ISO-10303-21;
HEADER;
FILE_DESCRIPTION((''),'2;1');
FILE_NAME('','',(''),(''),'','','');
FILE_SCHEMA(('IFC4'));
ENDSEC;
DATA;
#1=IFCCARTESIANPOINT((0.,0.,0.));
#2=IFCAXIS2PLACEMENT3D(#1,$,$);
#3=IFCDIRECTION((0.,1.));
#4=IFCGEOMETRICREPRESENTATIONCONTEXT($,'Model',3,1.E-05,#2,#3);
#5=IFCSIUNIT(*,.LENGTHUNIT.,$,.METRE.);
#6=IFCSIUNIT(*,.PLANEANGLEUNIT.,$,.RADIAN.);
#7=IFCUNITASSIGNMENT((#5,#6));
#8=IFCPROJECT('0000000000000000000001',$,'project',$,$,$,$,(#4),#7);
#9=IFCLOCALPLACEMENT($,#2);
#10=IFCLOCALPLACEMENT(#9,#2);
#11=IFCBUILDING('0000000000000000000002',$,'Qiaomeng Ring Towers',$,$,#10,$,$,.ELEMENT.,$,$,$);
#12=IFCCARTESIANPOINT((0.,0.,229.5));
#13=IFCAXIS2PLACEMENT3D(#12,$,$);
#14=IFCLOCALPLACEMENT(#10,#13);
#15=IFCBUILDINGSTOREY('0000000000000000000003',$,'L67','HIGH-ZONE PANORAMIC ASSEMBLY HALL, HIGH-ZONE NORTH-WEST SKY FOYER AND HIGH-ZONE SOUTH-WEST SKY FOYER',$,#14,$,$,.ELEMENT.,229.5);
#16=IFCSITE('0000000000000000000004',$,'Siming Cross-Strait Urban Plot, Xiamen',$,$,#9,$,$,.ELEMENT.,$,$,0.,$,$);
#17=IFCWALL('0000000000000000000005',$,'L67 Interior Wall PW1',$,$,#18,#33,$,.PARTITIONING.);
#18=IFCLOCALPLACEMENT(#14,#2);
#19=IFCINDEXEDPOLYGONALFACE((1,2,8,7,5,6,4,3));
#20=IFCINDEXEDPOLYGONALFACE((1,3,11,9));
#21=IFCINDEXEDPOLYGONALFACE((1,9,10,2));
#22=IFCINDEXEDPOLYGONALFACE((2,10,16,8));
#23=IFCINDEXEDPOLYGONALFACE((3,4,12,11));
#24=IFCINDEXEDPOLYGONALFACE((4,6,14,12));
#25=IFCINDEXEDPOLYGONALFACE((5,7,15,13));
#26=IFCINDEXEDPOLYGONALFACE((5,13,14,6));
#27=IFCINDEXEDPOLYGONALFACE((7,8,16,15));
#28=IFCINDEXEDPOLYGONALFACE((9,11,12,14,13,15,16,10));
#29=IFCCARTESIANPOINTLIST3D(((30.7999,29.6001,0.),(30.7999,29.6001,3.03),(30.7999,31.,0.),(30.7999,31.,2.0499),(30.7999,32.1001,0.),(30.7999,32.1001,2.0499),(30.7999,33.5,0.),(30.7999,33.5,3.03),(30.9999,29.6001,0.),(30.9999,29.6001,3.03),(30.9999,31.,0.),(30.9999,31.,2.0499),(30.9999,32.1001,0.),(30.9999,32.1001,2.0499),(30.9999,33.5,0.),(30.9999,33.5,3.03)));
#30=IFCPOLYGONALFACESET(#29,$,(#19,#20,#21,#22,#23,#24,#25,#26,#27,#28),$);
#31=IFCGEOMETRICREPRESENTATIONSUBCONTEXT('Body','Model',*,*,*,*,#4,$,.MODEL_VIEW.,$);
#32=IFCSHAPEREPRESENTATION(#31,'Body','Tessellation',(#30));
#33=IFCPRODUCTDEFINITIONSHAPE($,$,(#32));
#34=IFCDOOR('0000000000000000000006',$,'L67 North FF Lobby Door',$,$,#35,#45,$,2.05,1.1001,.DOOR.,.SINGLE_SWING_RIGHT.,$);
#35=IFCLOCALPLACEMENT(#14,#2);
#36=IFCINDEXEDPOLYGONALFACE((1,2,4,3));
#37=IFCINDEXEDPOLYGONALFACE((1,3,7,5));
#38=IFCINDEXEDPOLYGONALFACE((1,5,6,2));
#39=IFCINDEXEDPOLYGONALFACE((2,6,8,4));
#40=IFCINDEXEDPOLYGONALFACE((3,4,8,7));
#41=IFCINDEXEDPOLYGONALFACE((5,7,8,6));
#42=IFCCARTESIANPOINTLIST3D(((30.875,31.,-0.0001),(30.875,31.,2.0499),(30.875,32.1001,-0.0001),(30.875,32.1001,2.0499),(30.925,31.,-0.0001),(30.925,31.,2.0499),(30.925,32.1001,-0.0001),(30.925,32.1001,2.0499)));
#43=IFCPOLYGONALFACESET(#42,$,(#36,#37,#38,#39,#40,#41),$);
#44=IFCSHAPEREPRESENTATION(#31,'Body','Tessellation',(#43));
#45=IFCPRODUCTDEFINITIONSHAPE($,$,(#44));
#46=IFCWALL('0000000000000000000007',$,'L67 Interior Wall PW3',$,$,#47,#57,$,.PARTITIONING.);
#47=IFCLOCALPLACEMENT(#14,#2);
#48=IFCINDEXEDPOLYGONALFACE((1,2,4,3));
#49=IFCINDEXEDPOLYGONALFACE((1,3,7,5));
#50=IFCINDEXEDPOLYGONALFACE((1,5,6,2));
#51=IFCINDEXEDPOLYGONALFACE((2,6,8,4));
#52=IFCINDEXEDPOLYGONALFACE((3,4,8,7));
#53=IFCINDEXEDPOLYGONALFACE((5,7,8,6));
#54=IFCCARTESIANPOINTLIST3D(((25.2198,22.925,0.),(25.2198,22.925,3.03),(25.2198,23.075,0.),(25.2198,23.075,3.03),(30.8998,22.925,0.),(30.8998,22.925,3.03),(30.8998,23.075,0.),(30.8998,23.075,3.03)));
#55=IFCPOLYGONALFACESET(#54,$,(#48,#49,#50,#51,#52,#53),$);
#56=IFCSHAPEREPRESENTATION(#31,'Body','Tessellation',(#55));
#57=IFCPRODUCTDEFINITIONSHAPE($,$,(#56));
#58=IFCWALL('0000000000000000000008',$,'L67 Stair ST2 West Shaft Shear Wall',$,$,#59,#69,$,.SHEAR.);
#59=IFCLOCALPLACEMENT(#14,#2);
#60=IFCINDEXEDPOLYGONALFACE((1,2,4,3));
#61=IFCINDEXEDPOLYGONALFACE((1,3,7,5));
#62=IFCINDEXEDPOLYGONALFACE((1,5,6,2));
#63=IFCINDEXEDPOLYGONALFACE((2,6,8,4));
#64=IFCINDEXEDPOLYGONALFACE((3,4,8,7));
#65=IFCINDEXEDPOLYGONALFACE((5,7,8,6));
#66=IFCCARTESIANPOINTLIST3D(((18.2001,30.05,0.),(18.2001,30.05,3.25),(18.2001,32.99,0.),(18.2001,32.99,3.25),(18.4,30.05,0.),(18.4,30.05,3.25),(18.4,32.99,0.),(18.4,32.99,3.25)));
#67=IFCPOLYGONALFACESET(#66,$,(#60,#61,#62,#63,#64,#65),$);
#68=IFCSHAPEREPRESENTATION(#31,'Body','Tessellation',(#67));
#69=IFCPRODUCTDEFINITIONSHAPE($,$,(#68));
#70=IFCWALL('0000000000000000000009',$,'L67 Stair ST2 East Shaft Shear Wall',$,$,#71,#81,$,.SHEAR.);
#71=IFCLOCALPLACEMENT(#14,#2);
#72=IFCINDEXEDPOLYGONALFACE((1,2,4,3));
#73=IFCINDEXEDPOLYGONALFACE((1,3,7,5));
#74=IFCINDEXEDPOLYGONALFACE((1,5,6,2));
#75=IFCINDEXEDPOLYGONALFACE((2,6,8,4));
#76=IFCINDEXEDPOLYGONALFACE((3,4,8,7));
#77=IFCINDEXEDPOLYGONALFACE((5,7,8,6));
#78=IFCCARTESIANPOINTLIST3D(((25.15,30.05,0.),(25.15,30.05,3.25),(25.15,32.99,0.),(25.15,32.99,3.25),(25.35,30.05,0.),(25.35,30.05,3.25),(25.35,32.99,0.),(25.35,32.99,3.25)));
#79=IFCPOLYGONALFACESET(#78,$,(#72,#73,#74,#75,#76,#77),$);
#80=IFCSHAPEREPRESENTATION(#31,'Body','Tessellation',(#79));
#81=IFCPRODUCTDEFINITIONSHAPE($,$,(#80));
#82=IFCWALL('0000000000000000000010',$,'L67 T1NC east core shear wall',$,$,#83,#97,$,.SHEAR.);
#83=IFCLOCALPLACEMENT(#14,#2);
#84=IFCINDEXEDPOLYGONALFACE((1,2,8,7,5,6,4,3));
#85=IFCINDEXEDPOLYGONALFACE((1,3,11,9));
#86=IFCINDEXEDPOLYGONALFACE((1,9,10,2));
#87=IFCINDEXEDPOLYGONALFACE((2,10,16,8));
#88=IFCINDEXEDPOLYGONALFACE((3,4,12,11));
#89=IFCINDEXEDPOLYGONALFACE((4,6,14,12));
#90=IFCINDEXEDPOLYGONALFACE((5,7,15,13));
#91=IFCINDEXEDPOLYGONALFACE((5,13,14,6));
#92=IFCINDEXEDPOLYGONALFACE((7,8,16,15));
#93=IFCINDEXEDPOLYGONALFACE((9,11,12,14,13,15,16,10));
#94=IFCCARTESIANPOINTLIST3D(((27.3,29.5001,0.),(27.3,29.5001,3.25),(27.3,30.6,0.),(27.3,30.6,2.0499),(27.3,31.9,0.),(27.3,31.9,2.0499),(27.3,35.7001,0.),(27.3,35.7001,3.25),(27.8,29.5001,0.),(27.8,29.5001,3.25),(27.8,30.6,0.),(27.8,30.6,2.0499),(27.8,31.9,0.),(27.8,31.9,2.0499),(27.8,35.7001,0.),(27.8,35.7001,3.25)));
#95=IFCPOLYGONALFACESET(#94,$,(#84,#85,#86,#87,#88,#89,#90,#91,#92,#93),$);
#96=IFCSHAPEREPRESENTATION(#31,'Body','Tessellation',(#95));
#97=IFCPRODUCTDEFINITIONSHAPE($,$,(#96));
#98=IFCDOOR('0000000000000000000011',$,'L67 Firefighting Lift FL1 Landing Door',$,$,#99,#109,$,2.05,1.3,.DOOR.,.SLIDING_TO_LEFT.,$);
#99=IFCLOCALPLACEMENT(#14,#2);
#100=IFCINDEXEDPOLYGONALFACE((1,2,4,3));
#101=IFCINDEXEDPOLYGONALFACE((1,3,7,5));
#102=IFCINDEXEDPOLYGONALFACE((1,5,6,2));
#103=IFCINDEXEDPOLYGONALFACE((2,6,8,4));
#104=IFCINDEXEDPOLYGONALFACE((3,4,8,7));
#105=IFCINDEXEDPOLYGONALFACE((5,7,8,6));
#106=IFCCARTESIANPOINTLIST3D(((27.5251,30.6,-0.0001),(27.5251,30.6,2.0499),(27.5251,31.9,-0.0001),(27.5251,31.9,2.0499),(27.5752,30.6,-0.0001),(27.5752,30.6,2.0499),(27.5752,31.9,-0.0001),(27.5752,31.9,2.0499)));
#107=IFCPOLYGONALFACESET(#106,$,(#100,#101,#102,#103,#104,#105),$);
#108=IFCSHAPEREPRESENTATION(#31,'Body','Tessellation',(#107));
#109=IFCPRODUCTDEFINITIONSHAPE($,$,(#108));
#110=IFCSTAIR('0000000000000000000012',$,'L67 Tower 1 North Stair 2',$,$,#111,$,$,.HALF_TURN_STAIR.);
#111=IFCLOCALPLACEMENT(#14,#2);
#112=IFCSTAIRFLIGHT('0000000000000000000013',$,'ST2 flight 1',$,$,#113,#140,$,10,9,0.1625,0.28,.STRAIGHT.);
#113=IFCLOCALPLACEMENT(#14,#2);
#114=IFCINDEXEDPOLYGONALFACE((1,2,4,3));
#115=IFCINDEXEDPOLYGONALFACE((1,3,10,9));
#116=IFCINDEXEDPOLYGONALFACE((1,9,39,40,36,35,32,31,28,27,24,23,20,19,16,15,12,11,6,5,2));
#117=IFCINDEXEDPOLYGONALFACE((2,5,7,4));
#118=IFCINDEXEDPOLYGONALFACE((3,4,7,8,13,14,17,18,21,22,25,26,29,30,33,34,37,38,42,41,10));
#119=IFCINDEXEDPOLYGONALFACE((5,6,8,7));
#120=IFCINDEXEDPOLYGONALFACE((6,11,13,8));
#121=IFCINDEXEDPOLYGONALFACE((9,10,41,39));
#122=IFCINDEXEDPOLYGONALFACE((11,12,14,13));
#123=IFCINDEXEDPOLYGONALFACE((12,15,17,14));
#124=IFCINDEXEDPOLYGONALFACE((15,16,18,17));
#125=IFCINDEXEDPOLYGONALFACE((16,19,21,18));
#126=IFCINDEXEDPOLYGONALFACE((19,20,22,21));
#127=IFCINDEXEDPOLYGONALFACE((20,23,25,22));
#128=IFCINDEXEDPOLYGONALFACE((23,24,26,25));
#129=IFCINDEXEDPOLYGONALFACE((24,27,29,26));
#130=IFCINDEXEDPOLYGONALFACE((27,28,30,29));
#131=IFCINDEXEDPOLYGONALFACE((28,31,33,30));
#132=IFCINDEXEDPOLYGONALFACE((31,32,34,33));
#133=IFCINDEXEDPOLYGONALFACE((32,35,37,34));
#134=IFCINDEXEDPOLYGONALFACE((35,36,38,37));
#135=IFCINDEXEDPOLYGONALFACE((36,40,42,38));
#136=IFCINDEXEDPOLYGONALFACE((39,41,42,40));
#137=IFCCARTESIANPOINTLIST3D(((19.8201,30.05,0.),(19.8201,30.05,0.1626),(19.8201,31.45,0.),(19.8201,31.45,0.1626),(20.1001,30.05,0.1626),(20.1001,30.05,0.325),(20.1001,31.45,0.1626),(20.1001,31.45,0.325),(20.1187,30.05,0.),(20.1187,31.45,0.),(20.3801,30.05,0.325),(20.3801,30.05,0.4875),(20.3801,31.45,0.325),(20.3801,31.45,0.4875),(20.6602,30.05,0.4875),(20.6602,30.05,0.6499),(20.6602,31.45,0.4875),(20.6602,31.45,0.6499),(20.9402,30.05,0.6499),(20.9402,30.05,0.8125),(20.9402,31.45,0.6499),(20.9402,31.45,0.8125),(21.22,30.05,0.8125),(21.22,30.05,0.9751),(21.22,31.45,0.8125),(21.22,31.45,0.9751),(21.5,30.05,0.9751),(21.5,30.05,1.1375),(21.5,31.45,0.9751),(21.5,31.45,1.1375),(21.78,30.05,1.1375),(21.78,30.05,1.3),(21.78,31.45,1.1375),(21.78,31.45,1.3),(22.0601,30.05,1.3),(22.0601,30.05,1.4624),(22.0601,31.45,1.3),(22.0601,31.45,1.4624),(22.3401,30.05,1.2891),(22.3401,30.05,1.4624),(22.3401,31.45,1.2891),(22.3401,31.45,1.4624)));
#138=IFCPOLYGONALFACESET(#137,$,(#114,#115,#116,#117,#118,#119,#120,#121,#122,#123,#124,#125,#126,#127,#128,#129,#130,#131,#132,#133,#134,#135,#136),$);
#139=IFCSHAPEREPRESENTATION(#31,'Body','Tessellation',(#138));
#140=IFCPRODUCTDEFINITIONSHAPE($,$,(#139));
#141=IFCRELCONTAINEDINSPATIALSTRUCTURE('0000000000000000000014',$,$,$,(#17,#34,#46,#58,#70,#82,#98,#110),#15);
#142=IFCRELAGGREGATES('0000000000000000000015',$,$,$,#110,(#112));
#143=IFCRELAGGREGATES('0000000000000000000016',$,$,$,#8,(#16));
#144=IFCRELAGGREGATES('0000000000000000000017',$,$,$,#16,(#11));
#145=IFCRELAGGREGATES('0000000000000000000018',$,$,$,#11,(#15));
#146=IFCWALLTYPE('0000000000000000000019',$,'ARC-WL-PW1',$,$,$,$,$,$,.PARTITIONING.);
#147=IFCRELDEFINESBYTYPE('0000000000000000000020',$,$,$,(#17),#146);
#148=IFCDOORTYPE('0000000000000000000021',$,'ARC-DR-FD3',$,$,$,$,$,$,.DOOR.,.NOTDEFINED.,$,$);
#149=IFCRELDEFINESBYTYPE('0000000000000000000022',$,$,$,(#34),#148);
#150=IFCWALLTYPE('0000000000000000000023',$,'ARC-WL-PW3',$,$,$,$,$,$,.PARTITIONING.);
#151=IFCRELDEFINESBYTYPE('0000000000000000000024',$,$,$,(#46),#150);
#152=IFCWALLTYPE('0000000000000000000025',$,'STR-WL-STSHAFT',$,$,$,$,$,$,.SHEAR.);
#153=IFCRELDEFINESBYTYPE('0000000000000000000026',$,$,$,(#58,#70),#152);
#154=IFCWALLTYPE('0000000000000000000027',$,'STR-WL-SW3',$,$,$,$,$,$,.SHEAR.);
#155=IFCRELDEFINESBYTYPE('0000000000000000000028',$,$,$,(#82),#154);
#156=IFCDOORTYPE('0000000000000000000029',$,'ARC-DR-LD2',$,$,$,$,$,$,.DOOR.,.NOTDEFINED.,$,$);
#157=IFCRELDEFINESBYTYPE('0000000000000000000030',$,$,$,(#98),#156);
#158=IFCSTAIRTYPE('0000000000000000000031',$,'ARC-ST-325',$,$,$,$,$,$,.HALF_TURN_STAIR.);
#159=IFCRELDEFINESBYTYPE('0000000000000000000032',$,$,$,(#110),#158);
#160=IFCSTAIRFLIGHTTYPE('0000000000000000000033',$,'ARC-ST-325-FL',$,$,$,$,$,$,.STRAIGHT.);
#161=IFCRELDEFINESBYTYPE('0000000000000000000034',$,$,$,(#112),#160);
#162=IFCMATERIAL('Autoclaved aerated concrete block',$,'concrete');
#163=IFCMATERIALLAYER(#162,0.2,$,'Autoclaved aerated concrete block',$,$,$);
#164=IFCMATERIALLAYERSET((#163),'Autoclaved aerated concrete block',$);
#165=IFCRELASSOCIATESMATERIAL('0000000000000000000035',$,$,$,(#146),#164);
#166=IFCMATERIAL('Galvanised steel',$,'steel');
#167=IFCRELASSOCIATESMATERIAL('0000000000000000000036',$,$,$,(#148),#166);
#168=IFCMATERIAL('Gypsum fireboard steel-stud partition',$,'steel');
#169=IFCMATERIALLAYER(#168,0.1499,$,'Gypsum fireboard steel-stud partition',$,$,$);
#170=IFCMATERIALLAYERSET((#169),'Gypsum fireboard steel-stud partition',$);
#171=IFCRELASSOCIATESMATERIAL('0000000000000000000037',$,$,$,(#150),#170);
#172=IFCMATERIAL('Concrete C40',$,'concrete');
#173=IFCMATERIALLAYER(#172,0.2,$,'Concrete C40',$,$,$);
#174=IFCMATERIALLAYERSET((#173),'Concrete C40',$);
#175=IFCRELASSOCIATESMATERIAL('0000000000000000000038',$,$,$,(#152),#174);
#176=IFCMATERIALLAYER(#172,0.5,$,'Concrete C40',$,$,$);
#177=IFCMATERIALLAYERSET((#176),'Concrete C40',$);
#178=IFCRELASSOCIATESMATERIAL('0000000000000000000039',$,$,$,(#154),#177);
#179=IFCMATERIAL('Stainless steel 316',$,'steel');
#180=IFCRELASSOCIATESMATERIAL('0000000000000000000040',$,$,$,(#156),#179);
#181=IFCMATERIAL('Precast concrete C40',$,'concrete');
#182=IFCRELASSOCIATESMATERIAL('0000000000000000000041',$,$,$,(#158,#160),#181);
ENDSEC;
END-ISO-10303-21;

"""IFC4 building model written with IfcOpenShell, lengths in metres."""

from ifc_helpers import new_model, si_unit, direction, frame, frame_2d, origin, place, context, subcontext, project, spatial, polyline, rectangle, outline, extrude, source, transform, mapped, material, layer, layer_set, type_object, element, fill, aggregate, save


model = new_model("IFC4")

# Units and contexts
model_context = context("Model", 3, precision=1e-05, world=origin(), true_north=direction((0.0, 1.0)))
body_context = subcontext(model_context, "Body", "Model", "MODEL_VIEW")
ifc_project = project(units=[si_unit("LENGTHUNIT", "METRE"), si_unit("PLANEANGLEUNIT", "RADIAN")], contexts=[model_context])

# Site, building, storey
site_placement = place(None, origin())
site = spatial("IfcSite", under=ifc_project, at=site_placement, Name="Siming Cross-Strait Urban Plot, Xiamen", CompositionType="ELEMENT", RefElevation=0.0)
building_placement = place(site_placement, origin())
building = spatial("IfcBuilding", under=site, at=building_placement, Name="Qiaomeng Ring Towers", CompositionType="ELEMENT")
storey_placement = place(building_placement, frame((0.0, 0.0, 229.5)))
storey = spatial("IfcBuildingStorey", under=building, at=storey_placement, Name="L67", Description="HIGH-ZONE PANORAMIC ASSEMBLY HALL, HIGH-ZONE NORTH-WEST SKY FOYER AND HIGH-ZONE SOUTH-WEST SKY FOYER", CompositionType="ELEMENT", Elevation=229.5)

# Shared definitions
ifc_material_1 = material(Name="Concrete C40", Category="concrete")

# Shared definitions
ifc_material_2 = material(Name="Stainless steel 316", Category="steel")

# Shared definitions
ifc_material_3 = material(Name="Autoclaved aerated concrete block", Category="concrete")
ifc_layer_1 = layer(ifc_material_3, 0.2, Name="Autoclaved aerated concrete block")
ifc_layer_set_1 = layer_set([ifc_layer_1], Name="Autoclaved aerated concrete block")
wall_type_1 = type_object("IfcWallType", Name="ARC-WL-PW1", PredefinedType="PARTITIONING", material=ifc_layer_set_1)

# Wall, opening, door
wall_1_placement = place(storey_placement, frame((30.8999, 29.6001, 0.0), z_axis=(0.0, 0.0, 1.0), x_axis=(0.0, 1.0, 0.0)))
wall_1 = element("IfcWall", 1, at=wall_1_placement, inside=storey, type_object=wall_type_1, Name="L67 Interior Wall PW1", PredefinedType="PARTITIONING", context=body_context, shape_type="SweptSolid", body=[
    extrude(rectangle(XDim=3.8999, YDim=0.2, at=frame_2d((1.95, 0.0))), origin(), (0.0, 0.0, 1.0), 3.03),
])
opening_1_placement = place(wall_1_placement, frame((1.3999, 0.0, 0.0)))
opening_1 = element("IfcOpeningElement", 2, at=opening_1_placement, cuts=wall_1, PredefinedType="OPENING", context=body_context, shape_type="SweptSolid", body=[
    extrude(rectangle(XDim=1.1001, YDim=2.05, at=frame_2d((0.55, 1.0249))), frame((0.0, 0.1099, 0.0), z_axis=(0.0, -1.0, 0.0), x_axis=(1.0, 0.0, 0.0)), (0.0, 0.0, 1.0), 0.22),
])
ifc_material_4 = material(Name="Galvanised steel", Category="steel")
door_type_1 = type_object("IfcDoorType", Name="ARC-DR-FD3", OperationType="NOTDEFINED", PredefinedType="DOOR", material=ifc_material_4)
shared_shape_1 = source(origin(), body_context, "Body", "SweptSolid", [
    extrude(rectangle(XDim=1.1001, YDim=2.05, at=frame_2d((0.55, 1.0249))), frame((0.0, 0.0249, 0.0), z_axis=(0.0, -1.0, 0.0), x_axis=(1.0, 0.0, 0.0)), (0.0, 0.0, 1.0), 0.05),
])
door_1_placement = place(opening_1_placement, origin())
door_1 = element("IfcDoor", 3, at=door_1_placement, inside=storey, type_object=door_type_1, Name="L67 North FF Lobby Door", OperationType="SINGLE_SWING_RIGHT", OverallHeight=2.05, OverallWidth=1.1001, PredefinedType="DOOR", context=body_context, shape_type="MappedRepresentation", body=[
    mapped(shared_shape_1, transform((0.0, 0.0, 0.0), x_axis=(1.0, 0.0, 0.0), y_axis=(0.0, 1.0, 0.0), z_axis=(0.0, 0.0, 1.0), scale=1.0)),
])
fill(opening_1, door_1)

# Walls
ifc_material_5 = material(Name="Gypsum fireboard steel-stud partition", Category="steel")
ifc_layer_2 = layer(ifc_material_5, 0.1499, Name="Gypsum fireboard steel-stud partition")
ifc_layer_set_2 = layer_set([ifc_layer_2], Name="Gypsum fireboard steel-stud partition")
wall_type_2 = type_object("IfcWallType", Name="ARC-WL-PW3", PredefinedType="PARTITIONING", material=ifc_layer_set_2)
wall_2_placement = place(storey_placement, frame((25.22, 23.0, 0.0), z_axis=(0.0, 0.0, 1.0), x_axis=(1.0, 0.0, 0.0)))
element("IfcWall", 4, at=wall_2_placement, inside=storey, type_object=wall_type_2, Name="L67 Interior Wall PW3", PredefinedType="PARTITIONING", context=body_context, shape_type="SweptSolid", body=[
    extrude(rectangle(XDim=5.6799, YDim=0.1499, at=frame_2d((2.8398, 0.0))), origin(), (0.0, 0.0, 1.0), 3.03),
])
ifc_layer_3 = layer(ifc_material_1, 0.2, Name="Concrete C40")
ifc_layer_set_3 = layer_set([ifc_layer_3], Name="Concrete C40")
wall_type_3 = type_object("IfcWallType", Name="STR-WL-STSHAFT", PredefinedType="SHEAR", material=ifc_layer_set_3)
for number, where, z_axis, x_axis, name in (
    (5, (18.3, 30.05, 0.0), (0.0, 0.0, 1.0), (0.0, 1.0, 0.0), "L67 Stair ST2 West Shaft Shear Wall"),
    (6, (25.25, 30.05, 0.0), (0.0, 0.0, 1.0), (0.0, 1.0, 0.0), "L67 Stair ST2 East Shaft Shear Wall"),
):
    element("IfcWall", number, at=place(storey_placement, frame(where, z_axis=z_axis, x_axis=x_axis)), inside=storey, type_object=wall_type_3, Name=name, PredefinedType="SHEAR", context=body_context, shape_type="SweptSolid", body=[
        extrude(rectangle(XDim=2.9399, YDim=0.2, at=frame_2d((1.47, 0.0))), origin(), (0.0, 0.0, 1.0), 3.25),
    ])

# Wall, opening, door
ifc_layer_4 = layer(ifc_material_1, 0.5, Name="Concrete C40")
ifc_layer_set_4 = layer_set([ifc_layer_4], Name="Concrete C40")
wall_type_4 = type_object("IfcWallType", Name="STR-WL-SW3", PredefinedType="SHEAR", material=ifc_layer_set_4)
wall_3_placement = place(storey_placement, frame((27.55, 29.5, 0.0), z_axis=(0.0, 0.0, 1.0), x_axis=(0.0, 1.0, 0.0)))
wall_3 = element("IfcWall", 7, at=wall_3_placement, inside=storey, type_object=wall_type_4, Name="L67 T1NC east core shear wall", PredefinedType="SHEAR", context=body_context, shape_type="SweptSolid", body=[
    extrude(rectangle(XDim=6.2, YDim=0.5, at=frame_2d((3.1001, 0.0))), origin(), (0.0, 0.0, 1.0), 3.25),
])
opening_2_placement = place(wall_3_placement, frame((1.1001, 0.0, 0.0)))
opening_2 = element("IfcOpeningElement", 8, at=opening_2_placement, cuts=wall_3, PredefinedType="OPENING", context=body_context, shape_type="SweptSolid", body=[
    extrude(rectangle(XDim=1.3, YDim=2.05, at=frame_2d((0.6499, 1.0249))), frame((0.0, 0.26, 0.0), z_axis=(0.0, -1.0, 0.0), x_axis=(1.0, 0.0, 0.0)), (0.0, 0.0, 1.0), 0.52),
])
door_type_2 = type_object("IfcDoorType", Name="ARC-DR-LD2", OperationType="NOTDEFINED", PredefinedType="DOOR", material=ifc_material_2)
shared_shape_2 = source(origin(), body_context, "Body", "SweptSolid", [
    extrude(rectangle(XDim=1.3, YDim=2.05, at=frame_2d((0.6499, 1.0249))), frame((0.0, 0.0249, 0.0), z_axis=(0.0, -1.0, 0.0), x_axis=(1.0, 0.0, 0.0)), (0.0, 0.0, 1.0), 0.05),
])
door_2_placement = place(opening_2_placement, origin())
door_2 = element("IfcDoor", 9, at=door_2_placement, inside=storey, type_object=door_type_2, Name="L67 Firefighting Lift FL1 Landing Door", OperationType="SLIDING_TO_LEFT", OverallHeight=2.05, OverallWidth=1.3, PredefinedType="DOOR", context=body_context, shape_type="MappedRepresentation", body=[
    mapped(shared_shape_2, transform((0.0, 0.0, 0.0), x_axis=(1.0, 0.0, 0.0), y_axis=(0.0, 1.0, 0.0), z_axis=(0.0, 0.0, 1.0), scale=1.0)),
])
fill(opening_2, door_2)

# Stair, stair flight
ifc_material_6 = material(Name="Precast concrete C40", Category="concrete")
stair_type = type_object("IfcStairType", Name="ARC-ST-325", PredefinedType="HALF_TURN_STAIR", material=ifc_material_6)
stair_placement = place(storey_placement, origin())
stair = element("IfcStair", 10, at=stair_placement, inside=storey, type_object=stair_type, Name="L67 Tower 1 North Stair 2", PredefinedType="HALF_TURN_STAIR")
stair_flight_type = type_object("IfcStairFlightType", Name="ARC-ST-325-FL", PredefinedType="STRAIGHT", material=ifc_material_6)
shared_shape_3 = source(origin(), body_context, "Body", "SweptSolid", [
    extrude(outline(polyline([(0.0, 0.0), (0.0, 0.1626), (0.28, 0.1626), (0.28, 0.325), (0.5601, 0.325), (0.5601, 0.4875), (0.8401, 0.4875), (0.8401, 0.6499), (1.1201, 0.6499), (1.1201, 0.8125), (1.3999, 0.8125), (1.3999, 0.9751), (1.6799, 0.9751), (1.6799, 1.1375), (1.96, 1.1375), (1.96, 1.3), (2.24, 1.3), (2.24, 1.4624), (2.52, 1.4624), (2.52, 1.625), (2.52, 1.2891), (0.2986, 0.0), (0.0, 0.0)])), frame((0.0, 0.7, 0.0), z_axis=(0.0, -1.0, 0.0), x_axis=(1.0, 0.0, 0.0)), (0.0, 0.0, 1.0), 1.3999),
])
stair_flight_placement = place(storey_placement, frame((19.8201, 30.75, 0.0), z_axis=(0.0, 0.0, 1.0), x_axis=(1.0, 0.0, 0.0)))
stair_flight = element("IfcStairFlight", 11, at=stair_flight_placement, type_object=stair_flight_type, Name="ST2 flight 1", NumberOfRisers=10, NumberOfTreads=9, PredefinedType="STRAIGHT", RiserHeight=0.1625, TreadLength=0.28, context=body_context, shape_type="MappedRepresentation", body=[
    mapped(shared_shape_3, transform((0.0, 0.0, 0.0), x_axis=(1.0, 0.0, 0.0), y_axis=(0.0, 1.0, 0.0), z_axis=(0.0, 0.0, 1.0), scale=1.0)),
])
aggregate(stair, [stair_flight])

save(model, "model.ifc")
